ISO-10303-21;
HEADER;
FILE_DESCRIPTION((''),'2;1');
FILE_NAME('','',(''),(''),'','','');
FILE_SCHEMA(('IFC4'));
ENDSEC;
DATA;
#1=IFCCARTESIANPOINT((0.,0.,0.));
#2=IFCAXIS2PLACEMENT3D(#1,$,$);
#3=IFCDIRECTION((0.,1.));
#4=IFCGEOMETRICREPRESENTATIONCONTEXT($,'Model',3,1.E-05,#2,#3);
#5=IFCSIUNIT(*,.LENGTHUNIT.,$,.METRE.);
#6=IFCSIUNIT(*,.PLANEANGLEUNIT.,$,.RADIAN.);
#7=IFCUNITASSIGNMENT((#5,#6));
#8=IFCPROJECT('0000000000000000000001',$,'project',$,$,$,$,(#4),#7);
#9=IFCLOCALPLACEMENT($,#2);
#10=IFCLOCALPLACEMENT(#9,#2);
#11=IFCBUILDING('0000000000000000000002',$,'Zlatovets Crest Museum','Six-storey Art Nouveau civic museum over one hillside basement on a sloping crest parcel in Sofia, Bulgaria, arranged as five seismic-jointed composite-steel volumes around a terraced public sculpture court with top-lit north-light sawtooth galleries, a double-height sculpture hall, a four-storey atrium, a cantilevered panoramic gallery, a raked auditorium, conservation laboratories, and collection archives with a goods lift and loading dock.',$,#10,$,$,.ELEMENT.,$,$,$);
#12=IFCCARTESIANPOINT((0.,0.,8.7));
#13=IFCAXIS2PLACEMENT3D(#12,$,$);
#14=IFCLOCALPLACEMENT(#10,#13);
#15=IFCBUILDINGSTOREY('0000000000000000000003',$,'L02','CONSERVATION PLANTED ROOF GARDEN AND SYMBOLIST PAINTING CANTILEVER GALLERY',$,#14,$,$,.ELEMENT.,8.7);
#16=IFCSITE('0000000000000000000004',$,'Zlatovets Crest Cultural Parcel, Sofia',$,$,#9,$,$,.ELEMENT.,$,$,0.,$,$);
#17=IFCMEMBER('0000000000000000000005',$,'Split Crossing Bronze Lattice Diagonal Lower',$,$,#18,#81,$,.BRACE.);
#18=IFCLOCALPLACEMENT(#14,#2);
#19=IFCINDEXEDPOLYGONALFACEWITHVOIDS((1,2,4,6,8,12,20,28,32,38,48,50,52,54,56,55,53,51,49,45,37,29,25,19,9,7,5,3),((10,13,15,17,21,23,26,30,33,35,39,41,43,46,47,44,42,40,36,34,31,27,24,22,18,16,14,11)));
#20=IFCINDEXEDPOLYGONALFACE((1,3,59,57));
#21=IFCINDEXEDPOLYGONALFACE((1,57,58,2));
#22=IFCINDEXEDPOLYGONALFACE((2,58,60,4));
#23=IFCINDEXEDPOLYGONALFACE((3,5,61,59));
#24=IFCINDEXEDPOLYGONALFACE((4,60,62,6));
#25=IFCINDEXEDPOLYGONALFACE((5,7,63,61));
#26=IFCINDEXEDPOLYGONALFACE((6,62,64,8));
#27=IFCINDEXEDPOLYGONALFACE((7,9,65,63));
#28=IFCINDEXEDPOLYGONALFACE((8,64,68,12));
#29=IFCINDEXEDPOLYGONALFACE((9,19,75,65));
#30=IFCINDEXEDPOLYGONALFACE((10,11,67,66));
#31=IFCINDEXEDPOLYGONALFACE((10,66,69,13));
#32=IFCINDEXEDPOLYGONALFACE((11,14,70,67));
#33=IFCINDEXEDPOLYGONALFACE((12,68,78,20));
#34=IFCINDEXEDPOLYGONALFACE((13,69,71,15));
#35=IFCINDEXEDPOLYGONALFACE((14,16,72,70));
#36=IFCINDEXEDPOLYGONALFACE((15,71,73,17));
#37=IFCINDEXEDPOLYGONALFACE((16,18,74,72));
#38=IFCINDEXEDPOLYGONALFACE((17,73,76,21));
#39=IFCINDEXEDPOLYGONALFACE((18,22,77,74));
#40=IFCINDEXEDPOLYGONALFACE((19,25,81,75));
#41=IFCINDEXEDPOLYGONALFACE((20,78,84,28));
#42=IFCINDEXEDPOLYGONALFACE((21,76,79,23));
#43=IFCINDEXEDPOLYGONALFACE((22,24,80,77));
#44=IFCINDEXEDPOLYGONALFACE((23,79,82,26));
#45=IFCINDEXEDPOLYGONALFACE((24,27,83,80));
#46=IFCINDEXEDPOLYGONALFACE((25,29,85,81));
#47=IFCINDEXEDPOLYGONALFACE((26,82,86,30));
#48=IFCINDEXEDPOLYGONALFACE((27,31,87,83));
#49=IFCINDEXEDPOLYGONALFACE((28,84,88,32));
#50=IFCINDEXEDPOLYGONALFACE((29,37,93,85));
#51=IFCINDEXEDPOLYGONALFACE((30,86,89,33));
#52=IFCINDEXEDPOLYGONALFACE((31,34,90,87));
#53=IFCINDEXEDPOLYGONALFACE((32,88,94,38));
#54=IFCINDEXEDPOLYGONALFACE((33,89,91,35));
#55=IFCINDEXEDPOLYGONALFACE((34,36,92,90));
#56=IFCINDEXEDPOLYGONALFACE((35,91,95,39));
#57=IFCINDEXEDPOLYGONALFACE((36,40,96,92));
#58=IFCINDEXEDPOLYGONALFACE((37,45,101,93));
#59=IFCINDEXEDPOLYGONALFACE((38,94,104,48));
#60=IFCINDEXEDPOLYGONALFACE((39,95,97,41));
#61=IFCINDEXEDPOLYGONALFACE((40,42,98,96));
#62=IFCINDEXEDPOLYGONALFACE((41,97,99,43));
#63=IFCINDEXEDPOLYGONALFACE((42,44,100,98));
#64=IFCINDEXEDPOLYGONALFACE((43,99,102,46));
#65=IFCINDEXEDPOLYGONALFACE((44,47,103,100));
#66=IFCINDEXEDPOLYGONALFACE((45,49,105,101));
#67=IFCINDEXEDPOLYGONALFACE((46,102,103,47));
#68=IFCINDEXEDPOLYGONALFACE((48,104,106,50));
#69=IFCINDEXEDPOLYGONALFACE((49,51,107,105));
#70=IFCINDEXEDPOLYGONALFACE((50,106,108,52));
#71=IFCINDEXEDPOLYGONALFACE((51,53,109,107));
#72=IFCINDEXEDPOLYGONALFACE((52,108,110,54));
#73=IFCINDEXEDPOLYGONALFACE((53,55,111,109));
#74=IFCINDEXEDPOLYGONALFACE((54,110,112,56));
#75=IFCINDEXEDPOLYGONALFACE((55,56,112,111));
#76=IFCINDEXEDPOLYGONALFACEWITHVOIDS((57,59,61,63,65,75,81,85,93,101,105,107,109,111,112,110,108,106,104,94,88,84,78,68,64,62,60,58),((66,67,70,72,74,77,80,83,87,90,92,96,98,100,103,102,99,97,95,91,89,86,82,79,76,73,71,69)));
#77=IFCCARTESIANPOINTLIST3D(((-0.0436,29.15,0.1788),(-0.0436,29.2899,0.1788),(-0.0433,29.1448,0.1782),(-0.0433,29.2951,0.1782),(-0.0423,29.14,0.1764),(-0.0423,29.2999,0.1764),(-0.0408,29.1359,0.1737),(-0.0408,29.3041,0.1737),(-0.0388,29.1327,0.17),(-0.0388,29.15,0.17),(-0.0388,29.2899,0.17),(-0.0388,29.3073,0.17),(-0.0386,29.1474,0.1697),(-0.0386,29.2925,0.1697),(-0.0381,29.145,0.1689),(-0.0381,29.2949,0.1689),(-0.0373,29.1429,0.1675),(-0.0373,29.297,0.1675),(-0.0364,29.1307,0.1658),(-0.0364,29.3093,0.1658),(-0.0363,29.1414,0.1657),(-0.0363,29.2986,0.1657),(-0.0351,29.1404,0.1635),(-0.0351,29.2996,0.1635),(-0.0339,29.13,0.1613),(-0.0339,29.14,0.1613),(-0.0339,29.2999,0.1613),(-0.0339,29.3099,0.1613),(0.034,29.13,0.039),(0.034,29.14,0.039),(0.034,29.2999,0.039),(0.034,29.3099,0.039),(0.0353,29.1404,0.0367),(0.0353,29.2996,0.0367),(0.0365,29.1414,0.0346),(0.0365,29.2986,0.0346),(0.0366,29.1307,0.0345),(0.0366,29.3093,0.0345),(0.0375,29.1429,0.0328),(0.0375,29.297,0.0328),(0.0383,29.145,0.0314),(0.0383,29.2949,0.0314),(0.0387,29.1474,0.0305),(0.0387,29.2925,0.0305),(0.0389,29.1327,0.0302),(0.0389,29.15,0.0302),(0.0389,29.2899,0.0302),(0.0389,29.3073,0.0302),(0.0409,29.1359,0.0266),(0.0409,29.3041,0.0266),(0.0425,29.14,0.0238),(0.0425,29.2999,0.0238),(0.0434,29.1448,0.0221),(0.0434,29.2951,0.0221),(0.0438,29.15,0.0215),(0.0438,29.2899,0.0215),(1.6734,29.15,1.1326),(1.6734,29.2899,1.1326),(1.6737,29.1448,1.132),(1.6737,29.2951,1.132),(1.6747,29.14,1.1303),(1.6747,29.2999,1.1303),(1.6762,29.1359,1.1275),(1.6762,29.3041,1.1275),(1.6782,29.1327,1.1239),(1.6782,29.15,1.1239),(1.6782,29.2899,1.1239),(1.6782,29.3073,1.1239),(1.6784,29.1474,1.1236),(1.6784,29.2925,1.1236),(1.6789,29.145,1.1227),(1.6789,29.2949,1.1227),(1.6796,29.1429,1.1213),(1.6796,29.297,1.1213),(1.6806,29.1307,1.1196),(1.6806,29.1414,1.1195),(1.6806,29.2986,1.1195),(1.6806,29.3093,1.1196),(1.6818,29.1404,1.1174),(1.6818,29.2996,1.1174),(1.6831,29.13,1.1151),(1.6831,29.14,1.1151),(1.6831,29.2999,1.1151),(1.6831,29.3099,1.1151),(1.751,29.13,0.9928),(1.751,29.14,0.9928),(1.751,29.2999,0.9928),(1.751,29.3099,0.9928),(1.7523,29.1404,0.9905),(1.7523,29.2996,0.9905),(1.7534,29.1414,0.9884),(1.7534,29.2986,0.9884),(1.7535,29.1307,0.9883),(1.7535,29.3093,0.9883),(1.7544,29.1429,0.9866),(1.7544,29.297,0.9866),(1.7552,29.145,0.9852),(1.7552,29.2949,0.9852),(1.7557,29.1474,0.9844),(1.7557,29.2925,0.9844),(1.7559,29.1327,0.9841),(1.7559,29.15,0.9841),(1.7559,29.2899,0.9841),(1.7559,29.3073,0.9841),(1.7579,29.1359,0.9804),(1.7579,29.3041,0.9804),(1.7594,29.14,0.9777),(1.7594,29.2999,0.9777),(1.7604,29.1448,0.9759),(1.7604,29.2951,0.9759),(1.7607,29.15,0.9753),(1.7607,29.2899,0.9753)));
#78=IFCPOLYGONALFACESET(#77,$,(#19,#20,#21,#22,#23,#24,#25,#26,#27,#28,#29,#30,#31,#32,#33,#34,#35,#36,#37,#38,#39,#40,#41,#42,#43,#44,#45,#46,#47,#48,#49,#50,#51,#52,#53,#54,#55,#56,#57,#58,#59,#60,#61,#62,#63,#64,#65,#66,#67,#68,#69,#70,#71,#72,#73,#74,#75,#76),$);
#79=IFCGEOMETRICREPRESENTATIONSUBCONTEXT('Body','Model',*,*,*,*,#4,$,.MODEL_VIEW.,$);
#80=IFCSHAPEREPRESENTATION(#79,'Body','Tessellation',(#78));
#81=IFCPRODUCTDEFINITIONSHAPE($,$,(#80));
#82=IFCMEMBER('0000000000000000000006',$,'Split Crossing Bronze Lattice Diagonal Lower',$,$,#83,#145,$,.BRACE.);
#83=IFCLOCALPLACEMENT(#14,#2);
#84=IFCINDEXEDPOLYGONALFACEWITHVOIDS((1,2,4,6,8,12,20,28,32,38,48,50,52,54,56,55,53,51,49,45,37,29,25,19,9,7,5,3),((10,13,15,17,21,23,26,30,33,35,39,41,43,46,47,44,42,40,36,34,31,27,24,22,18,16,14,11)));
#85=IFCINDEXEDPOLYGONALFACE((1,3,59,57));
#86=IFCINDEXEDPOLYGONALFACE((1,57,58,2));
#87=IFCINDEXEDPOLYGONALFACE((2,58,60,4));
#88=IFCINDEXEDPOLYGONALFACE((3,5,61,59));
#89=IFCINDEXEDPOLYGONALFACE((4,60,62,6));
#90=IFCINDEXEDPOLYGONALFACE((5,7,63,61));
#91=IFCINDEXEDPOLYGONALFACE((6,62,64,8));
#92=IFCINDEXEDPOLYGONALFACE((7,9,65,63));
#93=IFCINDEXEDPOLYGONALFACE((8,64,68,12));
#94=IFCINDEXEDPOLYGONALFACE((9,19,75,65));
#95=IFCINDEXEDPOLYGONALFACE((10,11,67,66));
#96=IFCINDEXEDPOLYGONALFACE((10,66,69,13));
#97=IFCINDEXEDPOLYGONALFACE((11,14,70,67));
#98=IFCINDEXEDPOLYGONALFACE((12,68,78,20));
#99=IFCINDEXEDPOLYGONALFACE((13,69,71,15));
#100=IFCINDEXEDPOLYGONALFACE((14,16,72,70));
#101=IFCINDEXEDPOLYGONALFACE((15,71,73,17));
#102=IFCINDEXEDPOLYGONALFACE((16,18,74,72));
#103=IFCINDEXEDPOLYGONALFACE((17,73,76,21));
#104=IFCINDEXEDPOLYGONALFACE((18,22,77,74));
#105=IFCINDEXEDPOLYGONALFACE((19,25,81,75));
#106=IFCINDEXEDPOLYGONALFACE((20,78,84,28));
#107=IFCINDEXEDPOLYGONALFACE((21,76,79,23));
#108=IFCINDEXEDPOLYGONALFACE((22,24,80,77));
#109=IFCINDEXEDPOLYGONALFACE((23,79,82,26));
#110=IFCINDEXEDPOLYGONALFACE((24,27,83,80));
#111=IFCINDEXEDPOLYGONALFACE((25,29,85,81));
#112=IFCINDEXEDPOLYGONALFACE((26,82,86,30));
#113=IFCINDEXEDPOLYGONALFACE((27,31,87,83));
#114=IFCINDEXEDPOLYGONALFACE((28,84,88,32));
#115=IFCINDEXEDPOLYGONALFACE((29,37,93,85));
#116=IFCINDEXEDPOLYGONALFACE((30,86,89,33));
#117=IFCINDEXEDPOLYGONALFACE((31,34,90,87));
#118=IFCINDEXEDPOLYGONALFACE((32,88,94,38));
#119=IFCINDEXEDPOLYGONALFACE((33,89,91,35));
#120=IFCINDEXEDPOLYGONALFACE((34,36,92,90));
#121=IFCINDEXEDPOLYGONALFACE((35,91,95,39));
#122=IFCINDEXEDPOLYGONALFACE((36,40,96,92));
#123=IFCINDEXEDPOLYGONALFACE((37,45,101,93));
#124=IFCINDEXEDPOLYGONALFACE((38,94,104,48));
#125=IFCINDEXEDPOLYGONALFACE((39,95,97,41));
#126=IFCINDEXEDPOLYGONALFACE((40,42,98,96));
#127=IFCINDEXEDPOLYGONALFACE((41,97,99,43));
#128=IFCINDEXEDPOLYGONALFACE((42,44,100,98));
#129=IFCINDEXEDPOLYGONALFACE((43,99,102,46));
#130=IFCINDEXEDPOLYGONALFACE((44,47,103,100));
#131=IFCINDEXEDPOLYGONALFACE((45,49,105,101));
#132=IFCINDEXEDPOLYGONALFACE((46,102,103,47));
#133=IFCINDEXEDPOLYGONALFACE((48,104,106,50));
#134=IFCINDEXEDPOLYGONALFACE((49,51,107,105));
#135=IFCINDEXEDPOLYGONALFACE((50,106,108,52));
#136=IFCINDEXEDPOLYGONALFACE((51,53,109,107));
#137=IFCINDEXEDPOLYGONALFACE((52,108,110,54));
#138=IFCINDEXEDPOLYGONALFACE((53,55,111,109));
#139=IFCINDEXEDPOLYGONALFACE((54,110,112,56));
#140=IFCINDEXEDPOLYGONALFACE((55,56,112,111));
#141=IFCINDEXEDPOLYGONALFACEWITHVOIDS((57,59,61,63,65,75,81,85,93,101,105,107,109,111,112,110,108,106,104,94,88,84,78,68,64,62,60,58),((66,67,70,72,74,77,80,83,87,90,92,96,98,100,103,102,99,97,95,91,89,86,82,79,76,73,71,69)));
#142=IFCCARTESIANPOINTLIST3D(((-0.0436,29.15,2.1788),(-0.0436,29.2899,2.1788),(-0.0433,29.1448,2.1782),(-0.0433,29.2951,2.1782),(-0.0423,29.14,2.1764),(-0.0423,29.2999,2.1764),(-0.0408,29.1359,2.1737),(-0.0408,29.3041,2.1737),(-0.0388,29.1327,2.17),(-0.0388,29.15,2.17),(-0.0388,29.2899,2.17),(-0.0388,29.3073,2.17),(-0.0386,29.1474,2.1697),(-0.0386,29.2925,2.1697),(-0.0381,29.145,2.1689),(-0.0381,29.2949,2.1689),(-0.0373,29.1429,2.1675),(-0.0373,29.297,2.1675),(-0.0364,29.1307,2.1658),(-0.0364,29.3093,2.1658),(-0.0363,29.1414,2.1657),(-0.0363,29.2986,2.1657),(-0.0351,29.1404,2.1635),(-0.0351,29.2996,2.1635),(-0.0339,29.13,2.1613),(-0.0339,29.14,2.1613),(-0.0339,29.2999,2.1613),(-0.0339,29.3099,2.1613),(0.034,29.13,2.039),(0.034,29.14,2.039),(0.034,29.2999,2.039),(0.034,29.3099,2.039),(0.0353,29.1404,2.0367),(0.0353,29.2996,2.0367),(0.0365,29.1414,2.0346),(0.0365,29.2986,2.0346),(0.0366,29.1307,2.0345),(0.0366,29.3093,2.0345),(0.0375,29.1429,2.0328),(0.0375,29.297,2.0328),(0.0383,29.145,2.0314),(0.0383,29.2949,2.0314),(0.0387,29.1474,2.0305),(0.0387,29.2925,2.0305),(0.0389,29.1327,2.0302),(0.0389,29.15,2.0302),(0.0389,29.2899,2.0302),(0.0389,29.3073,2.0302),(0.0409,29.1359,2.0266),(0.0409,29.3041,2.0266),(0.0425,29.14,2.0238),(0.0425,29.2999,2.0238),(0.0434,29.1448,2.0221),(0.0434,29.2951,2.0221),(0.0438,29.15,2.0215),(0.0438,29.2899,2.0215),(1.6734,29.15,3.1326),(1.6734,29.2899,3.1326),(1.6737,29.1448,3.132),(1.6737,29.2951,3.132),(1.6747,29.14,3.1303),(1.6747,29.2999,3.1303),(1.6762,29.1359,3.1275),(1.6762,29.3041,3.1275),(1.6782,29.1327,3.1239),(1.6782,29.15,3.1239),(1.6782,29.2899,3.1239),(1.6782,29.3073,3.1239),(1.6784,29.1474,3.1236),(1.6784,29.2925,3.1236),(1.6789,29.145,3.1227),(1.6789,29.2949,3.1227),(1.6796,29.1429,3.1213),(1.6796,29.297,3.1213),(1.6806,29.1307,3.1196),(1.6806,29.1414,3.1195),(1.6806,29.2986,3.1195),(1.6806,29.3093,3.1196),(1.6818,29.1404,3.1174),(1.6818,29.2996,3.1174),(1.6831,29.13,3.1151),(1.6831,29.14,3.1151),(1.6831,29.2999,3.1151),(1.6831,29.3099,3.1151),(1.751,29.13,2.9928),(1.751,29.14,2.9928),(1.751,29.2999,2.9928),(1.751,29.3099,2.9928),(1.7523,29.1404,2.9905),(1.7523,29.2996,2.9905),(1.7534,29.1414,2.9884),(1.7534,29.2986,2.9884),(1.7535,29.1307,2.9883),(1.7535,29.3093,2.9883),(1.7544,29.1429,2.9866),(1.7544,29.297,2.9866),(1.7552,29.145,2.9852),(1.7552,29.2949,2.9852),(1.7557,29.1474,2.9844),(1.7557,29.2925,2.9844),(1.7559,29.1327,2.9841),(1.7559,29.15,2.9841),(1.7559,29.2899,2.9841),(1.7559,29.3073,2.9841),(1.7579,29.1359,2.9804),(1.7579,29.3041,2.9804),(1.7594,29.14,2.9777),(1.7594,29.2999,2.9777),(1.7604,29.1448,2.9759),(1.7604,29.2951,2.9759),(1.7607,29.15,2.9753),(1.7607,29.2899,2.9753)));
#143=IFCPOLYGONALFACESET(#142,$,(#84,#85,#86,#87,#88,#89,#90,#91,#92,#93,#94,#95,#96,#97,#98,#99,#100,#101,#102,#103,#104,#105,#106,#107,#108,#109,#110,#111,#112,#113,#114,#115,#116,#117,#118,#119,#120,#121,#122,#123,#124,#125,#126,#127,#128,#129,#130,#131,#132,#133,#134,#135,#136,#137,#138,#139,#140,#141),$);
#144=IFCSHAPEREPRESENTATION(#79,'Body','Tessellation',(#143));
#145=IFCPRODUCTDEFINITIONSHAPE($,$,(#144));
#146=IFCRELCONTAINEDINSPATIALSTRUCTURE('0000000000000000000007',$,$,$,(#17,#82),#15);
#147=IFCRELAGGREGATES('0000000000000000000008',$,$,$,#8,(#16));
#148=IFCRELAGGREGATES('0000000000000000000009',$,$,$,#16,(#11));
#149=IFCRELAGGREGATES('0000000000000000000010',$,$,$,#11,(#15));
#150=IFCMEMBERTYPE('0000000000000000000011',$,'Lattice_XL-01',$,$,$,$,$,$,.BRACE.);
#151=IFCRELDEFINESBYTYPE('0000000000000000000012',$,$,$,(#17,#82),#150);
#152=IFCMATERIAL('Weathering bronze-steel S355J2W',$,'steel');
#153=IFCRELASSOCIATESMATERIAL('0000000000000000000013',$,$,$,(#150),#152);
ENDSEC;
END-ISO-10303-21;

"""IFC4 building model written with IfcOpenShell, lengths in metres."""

from ifc_helpers import new_model, si_unit, direction, frame, origin, origin_2d, place, context, subcontext, project, spatial, hollow_rectangle, extrude, material, material_profile, profile_set, type_object, element, save


model = new_model("IFC4")

# Units and contexts
model_context = context("Model", 3, precision=1e-05, world=origin(), true_north=direction((0.0, 1.0)))
body_context = subcontext(model_context, "Body", "Model", "MODEL_VIEW")
ifc_project = project(units=[si_unit("LENGTHUNIT", "METRE"), si_unit("PLANEANGLEUNIT", "RADIAN")], contexts=[model_context])

# Site, building, storey
site_placement = place(None, origin())
site = spatial("IfcSite", under=ifc_project, at=site_placement, Name="Zlatovets Crest Cultural Parcel, Sofia", CompositionType="ELEMENT", RefElevation=0.0)
building_placement = place(site_placement, origin())
building = spatial("IfcBuilding", under=site, at=building_placement, Name="Zlatovets Crest Museum", Description="Six-storey Art Nouveau civic museum over one hillside basement on a sloping crest parcel in Sofia, Bulgaria, arranged as five seismic-jointed composite-steel volumes around a terraced public sculpture court with top-lit north-light sawtooth galleries, a double-height sculpture hall, a four-storey atrium, a cantilevered panoramic gallery, a raked auditorium, conservation laboratories, and collection archives with a goods lift and loading dock.", CompositionType="ELEMENT")
storey_placement = place(building_placement, frame((0.0, 0.0, 8.7)))
storey = spatial("IfcBuildingStorey", under=building, at=storey_placement, Name="L02", Description="CONSERVATION PLANTED ROOF GARDEN AND SYMBOLIST PAINTING CANTILEVER GALLERY", CompositionType="ELEMENT", Elevation=8.7)

# Members
ifc_material_1 = material(Name="Weathering bronze-steel S355J2W", Category="steel")
ifc_material_profile_1 = material_profile(ifc_material_1, hollow_rectangle(XDim=0.1799, YDim=0.1799, WallThickness=0.01, InnerFilletRadius=0.01, OuterFilletRadius=0.02, at=origin_2d()), Name="SHS 180x180x10.0")
ifc_profile_set_1 = profile_set([ifc_material_profile_1], Name="Weathering bronze-steel S355J2W")
member_type_1 = type_object("IfcMemberType", Name="Lattice_XL-01", PredefinedType="BRACE", material=ifc_profile_set_1)
for number, where, z_axis, x_axis, name in (
    (1, (1.717, 29.22, 1.054), (-0.874169, 0.0, -0.485622), (0.0, -1.0, 0.0), "Split Crossing Bronze Lattice Diagonal Lower"),
    (2, (1.717, 29.22, 3.054), (-0.874169, 0.0, -0.485622), (0.0, -1.0, 0.0), "Split Crossing Bronze Lattice Diagonal Lower"),
):
    element("IfcMember", number, at=place(storey_placement, frame(where, z_axis=z_axis, x_axis=x_axis)), inside=storey, type_object=member_type_1, Name=name, PredefinedType="BRACE", context=body_context, shape_type="SweptSolid", body=[
        extrude(hollow_rectangle(XDim=0.1799, YDim=0.1799, WallThickness=0.01, InnerFilletRadius=0.01, OuterFilletRadius=0.02, at=origin_2d()), origin(), (0.0, 0.0, 1.0), 1.9641),
    ])

save(model, "model.ifc")
